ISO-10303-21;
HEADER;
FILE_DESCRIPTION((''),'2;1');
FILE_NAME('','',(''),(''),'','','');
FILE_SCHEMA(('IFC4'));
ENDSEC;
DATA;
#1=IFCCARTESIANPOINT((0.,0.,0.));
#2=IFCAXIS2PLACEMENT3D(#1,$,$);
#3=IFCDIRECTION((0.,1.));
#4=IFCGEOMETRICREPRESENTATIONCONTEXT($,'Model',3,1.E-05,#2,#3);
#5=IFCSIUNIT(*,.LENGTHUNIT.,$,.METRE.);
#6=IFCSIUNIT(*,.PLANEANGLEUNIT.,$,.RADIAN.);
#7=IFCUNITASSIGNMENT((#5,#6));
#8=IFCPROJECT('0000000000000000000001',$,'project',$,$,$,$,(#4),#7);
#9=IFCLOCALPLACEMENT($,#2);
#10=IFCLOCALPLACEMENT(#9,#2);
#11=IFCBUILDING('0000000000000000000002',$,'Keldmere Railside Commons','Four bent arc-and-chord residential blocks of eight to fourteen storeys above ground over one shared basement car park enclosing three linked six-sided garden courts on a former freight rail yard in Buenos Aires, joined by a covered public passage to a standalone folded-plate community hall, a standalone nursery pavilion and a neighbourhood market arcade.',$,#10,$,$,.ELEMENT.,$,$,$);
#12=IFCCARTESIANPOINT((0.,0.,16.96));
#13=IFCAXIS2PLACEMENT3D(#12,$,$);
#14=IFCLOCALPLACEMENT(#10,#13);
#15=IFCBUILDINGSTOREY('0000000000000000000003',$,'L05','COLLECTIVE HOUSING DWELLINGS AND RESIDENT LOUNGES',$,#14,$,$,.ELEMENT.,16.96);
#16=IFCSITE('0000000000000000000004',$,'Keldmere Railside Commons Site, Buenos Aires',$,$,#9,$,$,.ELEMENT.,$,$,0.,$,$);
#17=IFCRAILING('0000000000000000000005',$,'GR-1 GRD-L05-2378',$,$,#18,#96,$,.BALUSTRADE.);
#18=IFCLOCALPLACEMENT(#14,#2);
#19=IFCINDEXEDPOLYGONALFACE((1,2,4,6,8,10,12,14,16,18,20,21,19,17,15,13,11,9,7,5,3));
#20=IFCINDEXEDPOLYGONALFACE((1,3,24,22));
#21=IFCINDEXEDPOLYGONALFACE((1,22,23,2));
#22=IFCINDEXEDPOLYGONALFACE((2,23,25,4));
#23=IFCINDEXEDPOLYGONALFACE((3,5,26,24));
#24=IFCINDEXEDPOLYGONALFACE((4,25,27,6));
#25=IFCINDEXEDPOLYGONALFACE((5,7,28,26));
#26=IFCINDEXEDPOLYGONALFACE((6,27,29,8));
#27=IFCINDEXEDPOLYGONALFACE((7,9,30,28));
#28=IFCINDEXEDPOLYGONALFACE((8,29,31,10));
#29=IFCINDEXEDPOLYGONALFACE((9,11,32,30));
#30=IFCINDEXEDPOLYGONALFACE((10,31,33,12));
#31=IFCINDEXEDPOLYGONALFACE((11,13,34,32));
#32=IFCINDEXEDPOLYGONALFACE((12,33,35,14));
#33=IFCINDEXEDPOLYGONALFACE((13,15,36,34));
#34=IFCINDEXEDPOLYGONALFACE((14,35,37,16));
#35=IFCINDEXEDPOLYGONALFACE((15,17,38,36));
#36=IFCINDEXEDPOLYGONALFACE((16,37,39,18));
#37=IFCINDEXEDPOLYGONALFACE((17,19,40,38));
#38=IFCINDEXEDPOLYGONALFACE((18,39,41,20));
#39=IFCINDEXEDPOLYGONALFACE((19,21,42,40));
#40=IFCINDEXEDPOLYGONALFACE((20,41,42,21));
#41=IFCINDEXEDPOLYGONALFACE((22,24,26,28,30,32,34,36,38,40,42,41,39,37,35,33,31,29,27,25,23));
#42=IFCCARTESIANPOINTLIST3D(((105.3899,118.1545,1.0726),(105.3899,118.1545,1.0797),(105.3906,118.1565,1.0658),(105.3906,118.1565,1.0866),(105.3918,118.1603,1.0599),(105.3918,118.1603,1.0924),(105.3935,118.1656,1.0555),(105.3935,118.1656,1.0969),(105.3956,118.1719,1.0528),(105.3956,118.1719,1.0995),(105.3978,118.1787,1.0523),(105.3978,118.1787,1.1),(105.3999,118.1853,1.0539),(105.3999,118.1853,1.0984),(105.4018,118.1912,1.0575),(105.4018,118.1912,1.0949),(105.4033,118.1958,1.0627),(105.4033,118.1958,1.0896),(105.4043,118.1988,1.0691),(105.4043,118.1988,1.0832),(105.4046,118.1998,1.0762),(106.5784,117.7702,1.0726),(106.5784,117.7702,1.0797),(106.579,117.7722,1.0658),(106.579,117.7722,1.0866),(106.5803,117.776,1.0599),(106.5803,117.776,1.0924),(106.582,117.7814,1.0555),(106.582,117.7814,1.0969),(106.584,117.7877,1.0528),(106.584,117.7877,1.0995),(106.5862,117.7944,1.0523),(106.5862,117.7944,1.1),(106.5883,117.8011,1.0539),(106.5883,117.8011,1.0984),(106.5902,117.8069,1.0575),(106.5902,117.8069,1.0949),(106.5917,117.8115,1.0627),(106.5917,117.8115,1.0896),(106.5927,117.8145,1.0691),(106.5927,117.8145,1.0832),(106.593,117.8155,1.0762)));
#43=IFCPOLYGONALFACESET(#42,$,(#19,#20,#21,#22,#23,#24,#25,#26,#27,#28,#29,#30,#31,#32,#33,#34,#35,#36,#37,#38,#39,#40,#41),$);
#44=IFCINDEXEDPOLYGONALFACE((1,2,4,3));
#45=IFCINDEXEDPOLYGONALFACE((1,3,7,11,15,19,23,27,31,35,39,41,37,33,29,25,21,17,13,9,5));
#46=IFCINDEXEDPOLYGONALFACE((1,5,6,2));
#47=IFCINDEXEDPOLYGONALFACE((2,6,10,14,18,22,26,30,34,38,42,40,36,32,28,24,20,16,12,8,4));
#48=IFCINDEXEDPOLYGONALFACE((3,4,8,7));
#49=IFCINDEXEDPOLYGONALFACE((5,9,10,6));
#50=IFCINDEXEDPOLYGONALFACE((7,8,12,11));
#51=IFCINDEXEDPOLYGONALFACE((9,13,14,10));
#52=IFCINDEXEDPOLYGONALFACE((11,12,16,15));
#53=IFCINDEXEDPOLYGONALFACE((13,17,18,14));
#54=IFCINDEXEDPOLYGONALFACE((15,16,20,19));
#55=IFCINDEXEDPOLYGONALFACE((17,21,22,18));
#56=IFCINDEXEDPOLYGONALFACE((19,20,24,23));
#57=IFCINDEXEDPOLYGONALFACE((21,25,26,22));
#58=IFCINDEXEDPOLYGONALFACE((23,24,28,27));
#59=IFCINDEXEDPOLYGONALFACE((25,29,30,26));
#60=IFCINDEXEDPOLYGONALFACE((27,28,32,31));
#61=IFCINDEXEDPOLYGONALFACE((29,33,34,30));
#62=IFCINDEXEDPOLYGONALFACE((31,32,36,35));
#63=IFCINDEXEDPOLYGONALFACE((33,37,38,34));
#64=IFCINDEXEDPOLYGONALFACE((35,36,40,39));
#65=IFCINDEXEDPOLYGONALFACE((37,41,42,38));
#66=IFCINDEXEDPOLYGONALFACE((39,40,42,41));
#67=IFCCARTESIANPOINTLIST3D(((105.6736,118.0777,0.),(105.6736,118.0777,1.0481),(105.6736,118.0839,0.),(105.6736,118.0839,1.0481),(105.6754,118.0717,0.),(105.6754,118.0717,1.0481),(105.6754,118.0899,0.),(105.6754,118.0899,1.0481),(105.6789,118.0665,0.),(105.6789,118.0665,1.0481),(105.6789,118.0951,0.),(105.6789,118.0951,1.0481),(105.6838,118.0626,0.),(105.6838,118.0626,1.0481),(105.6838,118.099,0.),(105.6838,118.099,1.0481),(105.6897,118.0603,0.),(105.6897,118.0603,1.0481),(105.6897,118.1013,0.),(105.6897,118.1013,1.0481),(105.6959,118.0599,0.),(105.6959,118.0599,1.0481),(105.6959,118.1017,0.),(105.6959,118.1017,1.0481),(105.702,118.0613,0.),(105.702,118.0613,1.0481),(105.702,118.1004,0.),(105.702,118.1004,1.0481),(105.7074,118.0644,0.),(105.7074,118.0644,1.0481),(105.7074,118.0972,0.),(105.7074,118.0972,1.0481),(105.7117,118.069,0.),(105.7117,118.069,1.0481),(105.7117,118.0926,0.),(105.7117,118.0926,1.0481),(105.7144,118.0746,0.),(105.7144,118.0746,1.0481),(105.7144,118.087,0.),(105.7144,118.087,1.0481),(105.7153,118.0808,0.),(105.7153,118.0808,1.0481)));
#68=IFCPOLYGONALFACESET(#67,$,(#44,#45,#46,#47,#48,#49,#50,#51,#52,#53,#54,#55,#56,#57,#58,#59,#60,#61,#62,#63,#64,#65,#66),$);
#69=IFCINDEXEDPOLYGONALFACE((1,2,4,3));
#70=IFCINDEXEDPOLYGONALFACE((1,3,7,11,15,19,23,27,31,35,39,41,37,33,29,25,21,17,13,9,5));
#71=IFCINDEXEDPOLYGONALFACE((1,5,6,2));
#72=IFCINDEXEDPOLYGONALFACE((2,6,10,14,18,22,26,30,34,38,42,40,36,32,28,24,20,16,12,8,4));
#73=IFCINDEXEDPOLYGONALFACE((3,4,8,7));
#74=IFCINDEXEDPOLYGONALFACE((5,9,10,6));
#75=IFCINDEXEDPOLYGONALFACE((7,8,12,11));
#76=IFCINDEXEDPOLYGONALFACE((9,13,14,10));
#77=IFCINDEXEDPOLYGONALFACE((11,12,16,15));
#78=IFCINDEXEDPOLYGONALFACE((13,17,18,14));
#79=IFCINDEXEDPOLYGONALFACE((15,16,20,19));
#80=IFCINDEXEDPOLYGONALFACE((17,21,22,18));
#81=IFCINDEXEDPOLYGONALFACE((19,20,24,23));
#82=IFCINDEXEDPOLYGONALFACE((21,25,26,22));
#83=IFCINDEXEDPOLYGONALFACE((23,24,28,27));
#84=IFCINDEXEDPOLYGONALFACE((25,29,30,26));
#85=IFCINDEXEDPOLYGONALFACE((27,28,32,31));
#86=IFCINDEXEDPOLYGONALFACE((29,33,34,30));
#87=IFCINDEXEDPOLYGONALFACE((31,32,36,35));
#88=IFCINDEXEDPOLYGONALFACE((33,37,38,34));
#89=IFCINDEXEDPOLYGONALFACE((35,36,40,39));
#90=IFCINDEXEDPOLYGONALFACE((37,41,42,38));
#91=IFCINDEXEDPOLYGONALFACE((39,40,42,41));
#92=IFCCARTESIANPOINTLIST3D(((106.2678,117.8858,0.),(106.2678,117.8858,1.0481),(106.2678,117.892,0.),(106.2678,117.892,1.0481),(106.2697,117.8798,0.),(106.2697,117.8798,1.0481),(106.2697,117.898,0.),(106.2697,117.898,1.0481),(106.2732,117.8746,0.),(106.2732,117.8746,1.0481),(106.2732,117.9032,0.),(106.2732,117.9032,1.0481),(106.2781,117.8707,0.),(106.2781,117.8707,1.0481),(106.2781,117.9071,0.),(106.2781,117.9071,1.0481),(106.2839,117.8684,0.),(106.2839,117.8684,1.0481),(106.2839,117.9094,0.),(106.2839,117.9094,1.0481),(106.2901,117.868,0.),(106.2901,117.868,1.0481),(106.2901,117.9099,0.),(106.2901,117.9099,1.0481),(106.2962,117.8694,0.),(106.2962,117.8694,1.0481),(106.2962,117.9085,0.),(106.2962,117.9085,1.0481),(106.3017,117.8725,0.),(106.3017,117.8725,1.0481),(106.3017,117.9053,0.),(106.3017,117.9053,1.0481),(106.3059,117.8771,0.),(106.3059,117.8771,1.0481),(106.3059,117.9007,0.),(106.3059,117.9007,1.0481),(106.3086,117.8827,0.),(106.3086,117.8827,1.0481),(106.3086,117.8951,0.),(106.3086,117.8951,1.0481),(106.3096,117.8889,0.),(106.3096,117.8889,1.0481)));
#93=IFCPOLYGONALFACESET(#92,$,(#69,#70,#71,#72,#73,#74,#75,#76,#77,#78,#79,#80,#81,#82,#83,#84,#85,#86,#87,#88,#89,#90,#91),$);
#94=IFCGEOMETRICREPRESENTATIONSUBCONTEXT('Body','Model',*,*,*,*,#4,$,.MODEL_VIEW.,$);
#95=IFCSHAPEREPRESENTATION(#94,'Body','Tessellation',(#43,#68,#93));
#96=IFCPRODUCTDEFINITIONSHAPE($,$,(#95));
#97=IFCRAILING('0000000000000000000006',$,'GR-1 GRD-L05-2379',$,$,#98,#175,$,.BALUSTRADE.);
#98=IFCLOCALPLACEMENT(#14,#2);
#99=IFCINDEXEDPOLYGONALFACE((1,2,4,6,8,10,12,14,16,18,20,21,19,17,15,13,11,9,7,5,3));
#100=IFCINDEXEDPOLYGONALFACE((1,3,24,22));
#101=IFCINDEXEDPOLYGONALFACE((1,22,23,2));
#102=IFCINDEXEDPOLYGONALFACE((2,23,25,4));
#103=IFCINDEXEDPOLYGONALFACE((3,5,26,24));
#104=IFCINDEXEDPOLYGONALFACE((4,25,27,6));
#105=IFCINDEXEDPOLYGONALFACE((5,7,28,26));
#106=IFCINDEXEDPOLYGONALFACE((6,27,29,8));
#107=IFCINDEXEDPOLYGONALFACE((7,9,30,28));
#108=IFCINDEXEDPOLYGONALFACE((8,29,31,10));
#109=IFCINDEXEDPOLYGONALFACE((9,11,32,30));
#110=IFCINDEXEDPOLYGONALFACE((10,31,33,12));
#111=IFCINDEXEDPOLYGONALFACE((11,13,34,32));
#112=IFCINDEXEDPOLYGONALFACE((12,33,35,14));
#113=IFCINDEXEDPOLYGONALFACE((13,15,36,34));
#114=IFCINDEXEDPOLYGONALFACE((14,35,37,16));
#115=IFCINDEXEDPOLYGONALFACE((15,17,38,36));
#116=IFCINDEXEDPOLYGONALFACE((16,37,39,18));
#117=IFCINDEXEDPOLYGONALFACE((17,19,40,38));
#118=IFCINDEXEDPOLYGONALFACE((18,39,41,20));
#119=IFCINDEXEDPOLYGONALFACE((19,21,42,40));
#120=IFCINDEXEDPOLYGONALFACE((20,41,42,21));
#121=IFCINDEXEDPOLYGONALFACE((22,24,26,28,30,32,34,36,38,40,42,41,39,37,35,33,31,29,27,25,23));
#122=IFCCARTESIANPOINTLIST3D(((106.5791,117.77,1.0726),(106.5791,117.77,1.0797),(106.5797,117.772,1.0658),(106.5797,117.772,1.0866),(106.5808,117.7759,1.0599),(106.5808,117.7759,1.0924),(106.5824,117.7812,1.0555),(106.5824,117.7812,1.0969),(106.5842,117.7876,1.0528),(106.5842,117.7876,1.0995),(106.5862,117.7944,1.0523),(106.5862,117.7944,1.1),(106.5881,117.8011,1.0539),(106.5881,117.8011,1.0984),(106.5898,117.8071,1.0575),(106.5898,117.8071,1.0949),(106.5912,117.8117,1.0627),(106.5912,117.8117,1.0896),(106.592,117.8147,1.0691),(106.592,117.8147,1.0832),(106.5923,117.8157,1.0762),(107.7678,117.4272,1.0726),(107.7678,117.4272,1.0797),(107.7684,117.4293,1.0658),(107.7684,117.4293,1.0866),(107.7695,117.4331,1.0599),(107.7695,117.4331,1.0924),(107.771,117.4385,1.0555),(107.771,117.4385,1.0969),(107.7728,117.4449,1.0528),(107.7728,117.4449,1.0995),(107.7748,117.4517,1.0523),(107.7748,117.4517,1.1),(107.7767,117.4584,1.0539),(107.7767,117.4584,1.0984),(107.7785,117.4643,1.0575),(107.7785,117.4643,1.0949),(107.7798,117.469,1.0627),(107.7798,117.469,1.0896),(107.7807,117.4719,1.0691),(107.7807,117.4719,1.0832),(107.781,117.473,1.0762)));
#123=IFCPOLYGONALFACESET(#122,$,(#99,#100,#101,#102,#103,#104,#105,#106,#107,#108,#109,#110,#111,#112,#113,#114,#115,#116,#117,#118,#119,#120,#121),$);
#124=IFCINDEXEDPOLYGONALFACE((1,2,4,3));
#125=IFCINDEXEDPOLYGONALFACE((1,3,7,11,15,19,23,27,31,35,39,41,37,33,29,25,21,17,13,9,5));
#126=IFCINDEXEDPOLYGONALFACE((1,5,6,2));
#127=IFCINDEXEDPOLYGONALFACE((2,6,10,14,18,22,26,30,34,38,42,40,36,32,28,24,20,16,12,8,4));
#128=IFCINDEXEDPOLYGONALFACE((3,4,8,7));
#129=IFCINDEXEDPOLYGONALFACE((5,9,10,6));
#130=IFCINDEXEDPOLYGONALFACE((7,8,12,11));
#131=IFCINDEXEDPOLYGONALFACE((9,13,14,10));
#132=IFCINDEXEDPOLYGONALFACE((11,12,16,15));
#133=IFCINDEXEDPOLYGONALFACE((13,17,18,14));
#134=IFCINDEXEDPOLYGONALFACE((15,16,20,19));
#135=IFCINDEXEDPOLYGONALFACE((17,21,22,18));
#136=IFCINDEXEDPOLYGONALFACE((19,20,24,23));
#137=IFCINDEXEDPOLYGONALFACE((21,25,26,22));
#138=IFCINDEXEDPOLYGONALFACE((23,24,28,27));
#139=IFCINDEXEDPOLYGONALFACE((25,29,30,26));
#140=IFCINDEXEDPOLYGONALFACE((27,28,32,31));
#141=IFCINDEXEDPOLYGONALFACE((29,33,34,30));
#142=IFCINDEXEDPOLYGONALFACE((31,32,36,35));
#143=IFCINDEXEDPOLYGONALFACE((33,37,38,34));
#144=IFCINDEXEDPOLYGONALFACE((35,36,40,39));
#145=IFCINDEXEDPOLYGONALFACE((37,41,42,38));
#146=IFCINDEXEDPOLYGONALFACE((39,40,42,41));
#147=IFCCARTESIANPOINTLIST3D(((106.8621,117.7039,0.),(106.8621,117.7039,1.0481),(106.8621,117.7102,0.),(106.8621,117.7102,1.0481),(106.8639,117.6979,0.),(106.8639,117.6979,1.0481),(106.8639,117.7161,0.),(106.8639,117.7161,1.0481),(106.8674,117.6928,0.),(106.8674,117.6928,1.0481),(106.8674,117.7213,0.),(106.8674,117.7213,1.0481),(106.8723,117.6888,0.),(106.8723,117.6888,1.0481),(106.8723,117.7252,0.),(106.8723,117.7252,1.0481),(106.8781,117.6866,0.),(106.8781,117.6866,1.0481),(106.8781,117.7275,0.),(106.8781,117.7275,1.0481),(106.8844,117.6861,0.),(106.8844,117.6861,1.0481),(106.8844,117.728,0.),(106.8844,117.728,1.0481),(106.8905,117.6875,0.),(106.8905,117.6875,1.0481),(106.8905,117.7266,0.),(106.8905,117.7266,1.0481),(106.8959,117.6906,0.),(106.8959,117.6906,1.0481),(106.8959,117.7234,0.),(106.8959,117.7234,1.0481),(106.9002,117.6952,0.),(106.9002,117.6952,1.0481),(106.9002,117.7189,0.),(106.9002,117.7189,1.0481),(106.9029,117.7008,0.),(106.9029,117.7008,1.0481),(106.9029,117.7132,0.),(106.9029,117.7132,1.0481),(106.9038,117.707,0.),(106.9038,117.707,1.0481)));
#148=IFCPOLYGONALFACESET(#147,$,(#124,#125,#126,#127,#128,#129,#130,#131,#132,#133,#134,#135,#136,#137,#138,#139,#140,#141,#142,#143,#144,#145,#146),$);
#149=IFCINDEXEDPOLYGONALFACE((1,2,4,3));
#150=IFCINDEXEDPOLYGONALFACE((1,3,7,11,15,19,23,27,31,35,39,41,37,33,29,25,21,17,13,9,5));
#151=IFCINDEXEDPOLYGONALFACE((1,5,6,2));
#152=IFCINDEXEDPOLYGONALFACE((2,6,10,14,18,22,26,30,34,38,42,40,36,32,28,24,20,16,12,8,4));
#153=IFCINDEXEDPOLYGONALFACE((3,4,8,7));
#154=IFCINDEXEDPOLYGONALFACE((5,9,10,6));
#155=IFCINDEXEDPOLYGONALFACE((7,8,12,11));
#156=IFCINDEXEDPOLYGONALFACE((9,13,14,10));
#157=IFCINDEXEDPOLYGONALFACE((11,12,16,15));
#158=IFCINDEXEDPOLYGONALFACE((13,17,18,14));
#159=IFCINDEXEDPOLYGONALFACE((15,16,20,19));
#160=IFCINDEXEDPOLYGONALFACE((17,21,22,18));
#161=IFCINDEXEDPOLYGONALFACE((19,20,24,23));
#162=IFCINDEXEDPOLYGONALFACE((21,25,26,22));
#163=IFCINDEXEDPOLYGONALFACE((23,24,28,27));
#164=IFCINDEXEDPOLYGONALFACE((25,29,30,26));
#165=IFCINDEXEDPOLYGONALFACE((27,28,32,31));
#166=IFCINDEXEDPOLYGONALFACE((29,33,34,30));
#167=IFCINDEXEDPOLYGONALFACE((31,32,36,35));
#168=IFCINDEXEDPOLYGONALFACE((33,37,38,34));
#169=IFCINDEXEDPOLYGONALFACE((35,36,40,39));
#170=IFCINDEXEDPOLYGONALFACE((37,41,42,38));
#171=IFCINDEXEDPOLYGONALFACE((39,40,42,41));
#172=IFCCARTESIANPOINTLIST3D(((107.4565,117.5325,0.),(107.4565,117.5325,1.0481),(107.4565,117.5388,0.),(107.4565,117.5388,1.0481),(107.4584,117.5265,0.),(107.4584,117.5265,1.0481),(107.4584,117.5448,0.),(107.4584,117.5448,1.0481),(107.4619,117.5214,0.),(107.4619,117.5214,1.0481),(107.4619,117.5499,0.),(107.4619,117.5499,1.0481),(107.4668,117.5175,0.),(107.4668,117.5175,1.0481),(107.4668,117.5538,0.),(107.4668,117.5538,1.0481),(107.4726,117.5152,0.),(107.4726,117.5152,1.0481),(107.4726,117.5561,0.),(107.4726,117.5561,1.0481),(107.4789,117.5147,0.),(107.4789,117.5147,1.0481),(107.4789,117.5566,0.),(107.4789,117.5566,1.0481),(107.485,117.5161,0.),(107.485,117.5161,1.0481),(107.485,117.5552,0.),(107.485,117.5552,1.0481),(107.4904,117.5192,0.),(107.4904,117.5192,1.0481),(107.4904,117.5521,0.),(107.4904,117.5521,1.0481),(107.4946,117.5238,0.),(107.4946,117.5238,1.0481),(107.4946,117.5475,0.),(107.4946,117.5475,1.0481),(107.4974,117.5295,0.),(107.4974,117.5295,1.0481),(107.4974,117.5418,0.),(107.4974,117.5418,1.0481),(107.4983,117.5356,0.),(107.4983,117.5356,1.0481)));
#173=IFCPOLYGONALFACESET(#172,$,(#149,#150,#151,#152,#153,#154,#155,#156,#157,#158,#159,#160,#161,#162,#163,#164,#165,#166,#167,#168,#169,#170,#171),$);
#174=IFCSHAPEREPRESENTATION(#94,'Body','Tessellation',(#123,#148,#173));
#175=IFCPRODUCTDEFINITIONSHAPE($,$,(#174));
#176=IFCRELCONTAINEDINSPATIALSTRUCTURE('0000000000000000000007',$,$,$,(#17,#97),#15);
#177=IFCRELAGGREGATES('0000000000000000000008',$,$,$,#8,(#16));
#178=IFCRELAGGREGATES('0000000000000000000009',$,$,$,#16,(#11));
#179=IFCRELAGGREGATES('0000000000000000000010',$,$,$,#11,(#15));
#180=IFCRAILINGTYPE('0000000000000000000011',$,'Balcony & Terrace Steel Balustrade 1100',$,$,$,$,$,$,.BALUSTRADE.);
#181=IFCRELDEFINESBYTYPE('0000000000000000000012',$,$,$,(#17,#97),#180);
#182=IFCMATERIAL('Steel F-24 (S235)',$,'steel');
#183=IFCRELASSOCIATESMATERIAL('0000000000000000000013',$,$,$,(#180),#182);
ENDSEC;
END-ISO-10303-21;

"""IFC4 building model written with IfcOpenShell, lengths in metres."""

from ifc_helpers import new_model, si_unit, direction, frame, origin, origin_2d, place, context, subcontext, project, spatial, circle, extrude, material, type_object, element, save


model = new_model("IFC4")

# Units and contexts
model_context = context("Model", 3, precision=1e-05, world=origin(), true_north=direction((0.0, 1.0)))
body_context = subcontext(model_context, "Body", "Model", "MODEL_VIEW")
ifc_project = project(units=[si_unit("LENGTHUNIT", "METRE"), si_unit("PLANEANGLEUNIT", "RADIAN")], contexts=[model_context])

# Site, building, storey
site_placement = place(None, origin())
site = spatial("IfcSite", under=ifc_project, at=site_placement, Name="Keldmere Railside Commons Site, Buenos Aires", CompositionType="ELEMENT", RefElevation=0.0)
building_placement = place(site_placement, origin())
building = spatial("IfcBuilding", under=site, at=building_placement, Name="Keldmere Railside Commons", Description="Four bent arc-and-chord residential blocks of eight to fourteen storeys above ground over one shared basement car park enclosing three linked six-sided garden courts on a former freight rail yard in Buenos Aires, joined by a covered public passage to a standalone folded-plate community hall, a standalone nursery pavilion and a neighbourhood market arcade.", CompositionType="ELEMENT")
storey_placement = place(building_placement, frame((0.0, 0.0, 16.96)))
storey = spatial("IfcBuildingStorey", under=building, at=storey_placement, Name="L05", Description="COLLECTIVE HOUSING DWELLINGS AND RESIDENT LOUNGES", CompositionType="ELEMENT", Elevation=16.96)

# Railings
ifc_material_1 = material(Name="Steel F-24 (S235)", Category="steel")
railing_type = type_object("IfcRailingType", Name="Balcony & Terrace Steel Balustrade 1100", PredefinedType="BALUSTRADE", material=ifc_material_1)
railing_1_placement = place(storey_placement, frame((105.3972, 118.177, 0.0)))
element("IfcRailing", 1, at=railing_1_placement, inside=storey, type_object=railing_type, Name="GR-1 GRD-L05-2378", PredefinedType="BALUSTRADE", context=body_context, shape_type="SweptSolid", body=[
    extrude(circle(Radius=0.0239, at=origin_2d()), frame((0.0, 0.0, 1.0762), z_axis=(0.951498, -0.307654, 0.0), x_axis=(0.307654, 0.951498, 0.0)), (0.0, 0.0, 1.0), 1.249),
    extrude(circle(Radius=0.021, at=origin_2d()), frame((0.2971, -0.0962, 0.0)), (0.0, 0.0, 1.0), 1.0481),
    extrude(circle(Radius=0.021, at=origin_2d()), frame((0.8914, -0.2881, 0.0)), (0.0, 0.0, 1.0), 1.0481),
])
railing_2_placement = place(storey_placement, frame((106.5857, 117.7927, 0.0)))
element("IfcRailing", 2, at=railing_2_placement, inside=storey, type_object=railing_type, Name="GR-1 GRD-L05-2379", PredefinedType="BALUSTRADE", context=body_context, shape_type="SweptSolid", body=[
    extrude(circle(Radius=0.0239, at=origin_2d()), frame((0.0, 0.0, 1.0762), z_axis=(0.960851, -0.277066, 0.0), x_axis=(0.277066, 0.960851, 0.0)), (0.0, 0.0, 1.0), 1.2371),
    extrude(circle(Radius=0.021, at=origin_2d()), frame((0.2971, -0.0857, 0.0)), (0.0, 0.0, 1.0), 1.0481),
    extrude(circle(Radius=0.021, at=origin_2d()), frame((0.8916, -0.2571, 0.0)), (0.0, 0.0, 1.0), 1.0481),
])

save(model, "model.ifc")
